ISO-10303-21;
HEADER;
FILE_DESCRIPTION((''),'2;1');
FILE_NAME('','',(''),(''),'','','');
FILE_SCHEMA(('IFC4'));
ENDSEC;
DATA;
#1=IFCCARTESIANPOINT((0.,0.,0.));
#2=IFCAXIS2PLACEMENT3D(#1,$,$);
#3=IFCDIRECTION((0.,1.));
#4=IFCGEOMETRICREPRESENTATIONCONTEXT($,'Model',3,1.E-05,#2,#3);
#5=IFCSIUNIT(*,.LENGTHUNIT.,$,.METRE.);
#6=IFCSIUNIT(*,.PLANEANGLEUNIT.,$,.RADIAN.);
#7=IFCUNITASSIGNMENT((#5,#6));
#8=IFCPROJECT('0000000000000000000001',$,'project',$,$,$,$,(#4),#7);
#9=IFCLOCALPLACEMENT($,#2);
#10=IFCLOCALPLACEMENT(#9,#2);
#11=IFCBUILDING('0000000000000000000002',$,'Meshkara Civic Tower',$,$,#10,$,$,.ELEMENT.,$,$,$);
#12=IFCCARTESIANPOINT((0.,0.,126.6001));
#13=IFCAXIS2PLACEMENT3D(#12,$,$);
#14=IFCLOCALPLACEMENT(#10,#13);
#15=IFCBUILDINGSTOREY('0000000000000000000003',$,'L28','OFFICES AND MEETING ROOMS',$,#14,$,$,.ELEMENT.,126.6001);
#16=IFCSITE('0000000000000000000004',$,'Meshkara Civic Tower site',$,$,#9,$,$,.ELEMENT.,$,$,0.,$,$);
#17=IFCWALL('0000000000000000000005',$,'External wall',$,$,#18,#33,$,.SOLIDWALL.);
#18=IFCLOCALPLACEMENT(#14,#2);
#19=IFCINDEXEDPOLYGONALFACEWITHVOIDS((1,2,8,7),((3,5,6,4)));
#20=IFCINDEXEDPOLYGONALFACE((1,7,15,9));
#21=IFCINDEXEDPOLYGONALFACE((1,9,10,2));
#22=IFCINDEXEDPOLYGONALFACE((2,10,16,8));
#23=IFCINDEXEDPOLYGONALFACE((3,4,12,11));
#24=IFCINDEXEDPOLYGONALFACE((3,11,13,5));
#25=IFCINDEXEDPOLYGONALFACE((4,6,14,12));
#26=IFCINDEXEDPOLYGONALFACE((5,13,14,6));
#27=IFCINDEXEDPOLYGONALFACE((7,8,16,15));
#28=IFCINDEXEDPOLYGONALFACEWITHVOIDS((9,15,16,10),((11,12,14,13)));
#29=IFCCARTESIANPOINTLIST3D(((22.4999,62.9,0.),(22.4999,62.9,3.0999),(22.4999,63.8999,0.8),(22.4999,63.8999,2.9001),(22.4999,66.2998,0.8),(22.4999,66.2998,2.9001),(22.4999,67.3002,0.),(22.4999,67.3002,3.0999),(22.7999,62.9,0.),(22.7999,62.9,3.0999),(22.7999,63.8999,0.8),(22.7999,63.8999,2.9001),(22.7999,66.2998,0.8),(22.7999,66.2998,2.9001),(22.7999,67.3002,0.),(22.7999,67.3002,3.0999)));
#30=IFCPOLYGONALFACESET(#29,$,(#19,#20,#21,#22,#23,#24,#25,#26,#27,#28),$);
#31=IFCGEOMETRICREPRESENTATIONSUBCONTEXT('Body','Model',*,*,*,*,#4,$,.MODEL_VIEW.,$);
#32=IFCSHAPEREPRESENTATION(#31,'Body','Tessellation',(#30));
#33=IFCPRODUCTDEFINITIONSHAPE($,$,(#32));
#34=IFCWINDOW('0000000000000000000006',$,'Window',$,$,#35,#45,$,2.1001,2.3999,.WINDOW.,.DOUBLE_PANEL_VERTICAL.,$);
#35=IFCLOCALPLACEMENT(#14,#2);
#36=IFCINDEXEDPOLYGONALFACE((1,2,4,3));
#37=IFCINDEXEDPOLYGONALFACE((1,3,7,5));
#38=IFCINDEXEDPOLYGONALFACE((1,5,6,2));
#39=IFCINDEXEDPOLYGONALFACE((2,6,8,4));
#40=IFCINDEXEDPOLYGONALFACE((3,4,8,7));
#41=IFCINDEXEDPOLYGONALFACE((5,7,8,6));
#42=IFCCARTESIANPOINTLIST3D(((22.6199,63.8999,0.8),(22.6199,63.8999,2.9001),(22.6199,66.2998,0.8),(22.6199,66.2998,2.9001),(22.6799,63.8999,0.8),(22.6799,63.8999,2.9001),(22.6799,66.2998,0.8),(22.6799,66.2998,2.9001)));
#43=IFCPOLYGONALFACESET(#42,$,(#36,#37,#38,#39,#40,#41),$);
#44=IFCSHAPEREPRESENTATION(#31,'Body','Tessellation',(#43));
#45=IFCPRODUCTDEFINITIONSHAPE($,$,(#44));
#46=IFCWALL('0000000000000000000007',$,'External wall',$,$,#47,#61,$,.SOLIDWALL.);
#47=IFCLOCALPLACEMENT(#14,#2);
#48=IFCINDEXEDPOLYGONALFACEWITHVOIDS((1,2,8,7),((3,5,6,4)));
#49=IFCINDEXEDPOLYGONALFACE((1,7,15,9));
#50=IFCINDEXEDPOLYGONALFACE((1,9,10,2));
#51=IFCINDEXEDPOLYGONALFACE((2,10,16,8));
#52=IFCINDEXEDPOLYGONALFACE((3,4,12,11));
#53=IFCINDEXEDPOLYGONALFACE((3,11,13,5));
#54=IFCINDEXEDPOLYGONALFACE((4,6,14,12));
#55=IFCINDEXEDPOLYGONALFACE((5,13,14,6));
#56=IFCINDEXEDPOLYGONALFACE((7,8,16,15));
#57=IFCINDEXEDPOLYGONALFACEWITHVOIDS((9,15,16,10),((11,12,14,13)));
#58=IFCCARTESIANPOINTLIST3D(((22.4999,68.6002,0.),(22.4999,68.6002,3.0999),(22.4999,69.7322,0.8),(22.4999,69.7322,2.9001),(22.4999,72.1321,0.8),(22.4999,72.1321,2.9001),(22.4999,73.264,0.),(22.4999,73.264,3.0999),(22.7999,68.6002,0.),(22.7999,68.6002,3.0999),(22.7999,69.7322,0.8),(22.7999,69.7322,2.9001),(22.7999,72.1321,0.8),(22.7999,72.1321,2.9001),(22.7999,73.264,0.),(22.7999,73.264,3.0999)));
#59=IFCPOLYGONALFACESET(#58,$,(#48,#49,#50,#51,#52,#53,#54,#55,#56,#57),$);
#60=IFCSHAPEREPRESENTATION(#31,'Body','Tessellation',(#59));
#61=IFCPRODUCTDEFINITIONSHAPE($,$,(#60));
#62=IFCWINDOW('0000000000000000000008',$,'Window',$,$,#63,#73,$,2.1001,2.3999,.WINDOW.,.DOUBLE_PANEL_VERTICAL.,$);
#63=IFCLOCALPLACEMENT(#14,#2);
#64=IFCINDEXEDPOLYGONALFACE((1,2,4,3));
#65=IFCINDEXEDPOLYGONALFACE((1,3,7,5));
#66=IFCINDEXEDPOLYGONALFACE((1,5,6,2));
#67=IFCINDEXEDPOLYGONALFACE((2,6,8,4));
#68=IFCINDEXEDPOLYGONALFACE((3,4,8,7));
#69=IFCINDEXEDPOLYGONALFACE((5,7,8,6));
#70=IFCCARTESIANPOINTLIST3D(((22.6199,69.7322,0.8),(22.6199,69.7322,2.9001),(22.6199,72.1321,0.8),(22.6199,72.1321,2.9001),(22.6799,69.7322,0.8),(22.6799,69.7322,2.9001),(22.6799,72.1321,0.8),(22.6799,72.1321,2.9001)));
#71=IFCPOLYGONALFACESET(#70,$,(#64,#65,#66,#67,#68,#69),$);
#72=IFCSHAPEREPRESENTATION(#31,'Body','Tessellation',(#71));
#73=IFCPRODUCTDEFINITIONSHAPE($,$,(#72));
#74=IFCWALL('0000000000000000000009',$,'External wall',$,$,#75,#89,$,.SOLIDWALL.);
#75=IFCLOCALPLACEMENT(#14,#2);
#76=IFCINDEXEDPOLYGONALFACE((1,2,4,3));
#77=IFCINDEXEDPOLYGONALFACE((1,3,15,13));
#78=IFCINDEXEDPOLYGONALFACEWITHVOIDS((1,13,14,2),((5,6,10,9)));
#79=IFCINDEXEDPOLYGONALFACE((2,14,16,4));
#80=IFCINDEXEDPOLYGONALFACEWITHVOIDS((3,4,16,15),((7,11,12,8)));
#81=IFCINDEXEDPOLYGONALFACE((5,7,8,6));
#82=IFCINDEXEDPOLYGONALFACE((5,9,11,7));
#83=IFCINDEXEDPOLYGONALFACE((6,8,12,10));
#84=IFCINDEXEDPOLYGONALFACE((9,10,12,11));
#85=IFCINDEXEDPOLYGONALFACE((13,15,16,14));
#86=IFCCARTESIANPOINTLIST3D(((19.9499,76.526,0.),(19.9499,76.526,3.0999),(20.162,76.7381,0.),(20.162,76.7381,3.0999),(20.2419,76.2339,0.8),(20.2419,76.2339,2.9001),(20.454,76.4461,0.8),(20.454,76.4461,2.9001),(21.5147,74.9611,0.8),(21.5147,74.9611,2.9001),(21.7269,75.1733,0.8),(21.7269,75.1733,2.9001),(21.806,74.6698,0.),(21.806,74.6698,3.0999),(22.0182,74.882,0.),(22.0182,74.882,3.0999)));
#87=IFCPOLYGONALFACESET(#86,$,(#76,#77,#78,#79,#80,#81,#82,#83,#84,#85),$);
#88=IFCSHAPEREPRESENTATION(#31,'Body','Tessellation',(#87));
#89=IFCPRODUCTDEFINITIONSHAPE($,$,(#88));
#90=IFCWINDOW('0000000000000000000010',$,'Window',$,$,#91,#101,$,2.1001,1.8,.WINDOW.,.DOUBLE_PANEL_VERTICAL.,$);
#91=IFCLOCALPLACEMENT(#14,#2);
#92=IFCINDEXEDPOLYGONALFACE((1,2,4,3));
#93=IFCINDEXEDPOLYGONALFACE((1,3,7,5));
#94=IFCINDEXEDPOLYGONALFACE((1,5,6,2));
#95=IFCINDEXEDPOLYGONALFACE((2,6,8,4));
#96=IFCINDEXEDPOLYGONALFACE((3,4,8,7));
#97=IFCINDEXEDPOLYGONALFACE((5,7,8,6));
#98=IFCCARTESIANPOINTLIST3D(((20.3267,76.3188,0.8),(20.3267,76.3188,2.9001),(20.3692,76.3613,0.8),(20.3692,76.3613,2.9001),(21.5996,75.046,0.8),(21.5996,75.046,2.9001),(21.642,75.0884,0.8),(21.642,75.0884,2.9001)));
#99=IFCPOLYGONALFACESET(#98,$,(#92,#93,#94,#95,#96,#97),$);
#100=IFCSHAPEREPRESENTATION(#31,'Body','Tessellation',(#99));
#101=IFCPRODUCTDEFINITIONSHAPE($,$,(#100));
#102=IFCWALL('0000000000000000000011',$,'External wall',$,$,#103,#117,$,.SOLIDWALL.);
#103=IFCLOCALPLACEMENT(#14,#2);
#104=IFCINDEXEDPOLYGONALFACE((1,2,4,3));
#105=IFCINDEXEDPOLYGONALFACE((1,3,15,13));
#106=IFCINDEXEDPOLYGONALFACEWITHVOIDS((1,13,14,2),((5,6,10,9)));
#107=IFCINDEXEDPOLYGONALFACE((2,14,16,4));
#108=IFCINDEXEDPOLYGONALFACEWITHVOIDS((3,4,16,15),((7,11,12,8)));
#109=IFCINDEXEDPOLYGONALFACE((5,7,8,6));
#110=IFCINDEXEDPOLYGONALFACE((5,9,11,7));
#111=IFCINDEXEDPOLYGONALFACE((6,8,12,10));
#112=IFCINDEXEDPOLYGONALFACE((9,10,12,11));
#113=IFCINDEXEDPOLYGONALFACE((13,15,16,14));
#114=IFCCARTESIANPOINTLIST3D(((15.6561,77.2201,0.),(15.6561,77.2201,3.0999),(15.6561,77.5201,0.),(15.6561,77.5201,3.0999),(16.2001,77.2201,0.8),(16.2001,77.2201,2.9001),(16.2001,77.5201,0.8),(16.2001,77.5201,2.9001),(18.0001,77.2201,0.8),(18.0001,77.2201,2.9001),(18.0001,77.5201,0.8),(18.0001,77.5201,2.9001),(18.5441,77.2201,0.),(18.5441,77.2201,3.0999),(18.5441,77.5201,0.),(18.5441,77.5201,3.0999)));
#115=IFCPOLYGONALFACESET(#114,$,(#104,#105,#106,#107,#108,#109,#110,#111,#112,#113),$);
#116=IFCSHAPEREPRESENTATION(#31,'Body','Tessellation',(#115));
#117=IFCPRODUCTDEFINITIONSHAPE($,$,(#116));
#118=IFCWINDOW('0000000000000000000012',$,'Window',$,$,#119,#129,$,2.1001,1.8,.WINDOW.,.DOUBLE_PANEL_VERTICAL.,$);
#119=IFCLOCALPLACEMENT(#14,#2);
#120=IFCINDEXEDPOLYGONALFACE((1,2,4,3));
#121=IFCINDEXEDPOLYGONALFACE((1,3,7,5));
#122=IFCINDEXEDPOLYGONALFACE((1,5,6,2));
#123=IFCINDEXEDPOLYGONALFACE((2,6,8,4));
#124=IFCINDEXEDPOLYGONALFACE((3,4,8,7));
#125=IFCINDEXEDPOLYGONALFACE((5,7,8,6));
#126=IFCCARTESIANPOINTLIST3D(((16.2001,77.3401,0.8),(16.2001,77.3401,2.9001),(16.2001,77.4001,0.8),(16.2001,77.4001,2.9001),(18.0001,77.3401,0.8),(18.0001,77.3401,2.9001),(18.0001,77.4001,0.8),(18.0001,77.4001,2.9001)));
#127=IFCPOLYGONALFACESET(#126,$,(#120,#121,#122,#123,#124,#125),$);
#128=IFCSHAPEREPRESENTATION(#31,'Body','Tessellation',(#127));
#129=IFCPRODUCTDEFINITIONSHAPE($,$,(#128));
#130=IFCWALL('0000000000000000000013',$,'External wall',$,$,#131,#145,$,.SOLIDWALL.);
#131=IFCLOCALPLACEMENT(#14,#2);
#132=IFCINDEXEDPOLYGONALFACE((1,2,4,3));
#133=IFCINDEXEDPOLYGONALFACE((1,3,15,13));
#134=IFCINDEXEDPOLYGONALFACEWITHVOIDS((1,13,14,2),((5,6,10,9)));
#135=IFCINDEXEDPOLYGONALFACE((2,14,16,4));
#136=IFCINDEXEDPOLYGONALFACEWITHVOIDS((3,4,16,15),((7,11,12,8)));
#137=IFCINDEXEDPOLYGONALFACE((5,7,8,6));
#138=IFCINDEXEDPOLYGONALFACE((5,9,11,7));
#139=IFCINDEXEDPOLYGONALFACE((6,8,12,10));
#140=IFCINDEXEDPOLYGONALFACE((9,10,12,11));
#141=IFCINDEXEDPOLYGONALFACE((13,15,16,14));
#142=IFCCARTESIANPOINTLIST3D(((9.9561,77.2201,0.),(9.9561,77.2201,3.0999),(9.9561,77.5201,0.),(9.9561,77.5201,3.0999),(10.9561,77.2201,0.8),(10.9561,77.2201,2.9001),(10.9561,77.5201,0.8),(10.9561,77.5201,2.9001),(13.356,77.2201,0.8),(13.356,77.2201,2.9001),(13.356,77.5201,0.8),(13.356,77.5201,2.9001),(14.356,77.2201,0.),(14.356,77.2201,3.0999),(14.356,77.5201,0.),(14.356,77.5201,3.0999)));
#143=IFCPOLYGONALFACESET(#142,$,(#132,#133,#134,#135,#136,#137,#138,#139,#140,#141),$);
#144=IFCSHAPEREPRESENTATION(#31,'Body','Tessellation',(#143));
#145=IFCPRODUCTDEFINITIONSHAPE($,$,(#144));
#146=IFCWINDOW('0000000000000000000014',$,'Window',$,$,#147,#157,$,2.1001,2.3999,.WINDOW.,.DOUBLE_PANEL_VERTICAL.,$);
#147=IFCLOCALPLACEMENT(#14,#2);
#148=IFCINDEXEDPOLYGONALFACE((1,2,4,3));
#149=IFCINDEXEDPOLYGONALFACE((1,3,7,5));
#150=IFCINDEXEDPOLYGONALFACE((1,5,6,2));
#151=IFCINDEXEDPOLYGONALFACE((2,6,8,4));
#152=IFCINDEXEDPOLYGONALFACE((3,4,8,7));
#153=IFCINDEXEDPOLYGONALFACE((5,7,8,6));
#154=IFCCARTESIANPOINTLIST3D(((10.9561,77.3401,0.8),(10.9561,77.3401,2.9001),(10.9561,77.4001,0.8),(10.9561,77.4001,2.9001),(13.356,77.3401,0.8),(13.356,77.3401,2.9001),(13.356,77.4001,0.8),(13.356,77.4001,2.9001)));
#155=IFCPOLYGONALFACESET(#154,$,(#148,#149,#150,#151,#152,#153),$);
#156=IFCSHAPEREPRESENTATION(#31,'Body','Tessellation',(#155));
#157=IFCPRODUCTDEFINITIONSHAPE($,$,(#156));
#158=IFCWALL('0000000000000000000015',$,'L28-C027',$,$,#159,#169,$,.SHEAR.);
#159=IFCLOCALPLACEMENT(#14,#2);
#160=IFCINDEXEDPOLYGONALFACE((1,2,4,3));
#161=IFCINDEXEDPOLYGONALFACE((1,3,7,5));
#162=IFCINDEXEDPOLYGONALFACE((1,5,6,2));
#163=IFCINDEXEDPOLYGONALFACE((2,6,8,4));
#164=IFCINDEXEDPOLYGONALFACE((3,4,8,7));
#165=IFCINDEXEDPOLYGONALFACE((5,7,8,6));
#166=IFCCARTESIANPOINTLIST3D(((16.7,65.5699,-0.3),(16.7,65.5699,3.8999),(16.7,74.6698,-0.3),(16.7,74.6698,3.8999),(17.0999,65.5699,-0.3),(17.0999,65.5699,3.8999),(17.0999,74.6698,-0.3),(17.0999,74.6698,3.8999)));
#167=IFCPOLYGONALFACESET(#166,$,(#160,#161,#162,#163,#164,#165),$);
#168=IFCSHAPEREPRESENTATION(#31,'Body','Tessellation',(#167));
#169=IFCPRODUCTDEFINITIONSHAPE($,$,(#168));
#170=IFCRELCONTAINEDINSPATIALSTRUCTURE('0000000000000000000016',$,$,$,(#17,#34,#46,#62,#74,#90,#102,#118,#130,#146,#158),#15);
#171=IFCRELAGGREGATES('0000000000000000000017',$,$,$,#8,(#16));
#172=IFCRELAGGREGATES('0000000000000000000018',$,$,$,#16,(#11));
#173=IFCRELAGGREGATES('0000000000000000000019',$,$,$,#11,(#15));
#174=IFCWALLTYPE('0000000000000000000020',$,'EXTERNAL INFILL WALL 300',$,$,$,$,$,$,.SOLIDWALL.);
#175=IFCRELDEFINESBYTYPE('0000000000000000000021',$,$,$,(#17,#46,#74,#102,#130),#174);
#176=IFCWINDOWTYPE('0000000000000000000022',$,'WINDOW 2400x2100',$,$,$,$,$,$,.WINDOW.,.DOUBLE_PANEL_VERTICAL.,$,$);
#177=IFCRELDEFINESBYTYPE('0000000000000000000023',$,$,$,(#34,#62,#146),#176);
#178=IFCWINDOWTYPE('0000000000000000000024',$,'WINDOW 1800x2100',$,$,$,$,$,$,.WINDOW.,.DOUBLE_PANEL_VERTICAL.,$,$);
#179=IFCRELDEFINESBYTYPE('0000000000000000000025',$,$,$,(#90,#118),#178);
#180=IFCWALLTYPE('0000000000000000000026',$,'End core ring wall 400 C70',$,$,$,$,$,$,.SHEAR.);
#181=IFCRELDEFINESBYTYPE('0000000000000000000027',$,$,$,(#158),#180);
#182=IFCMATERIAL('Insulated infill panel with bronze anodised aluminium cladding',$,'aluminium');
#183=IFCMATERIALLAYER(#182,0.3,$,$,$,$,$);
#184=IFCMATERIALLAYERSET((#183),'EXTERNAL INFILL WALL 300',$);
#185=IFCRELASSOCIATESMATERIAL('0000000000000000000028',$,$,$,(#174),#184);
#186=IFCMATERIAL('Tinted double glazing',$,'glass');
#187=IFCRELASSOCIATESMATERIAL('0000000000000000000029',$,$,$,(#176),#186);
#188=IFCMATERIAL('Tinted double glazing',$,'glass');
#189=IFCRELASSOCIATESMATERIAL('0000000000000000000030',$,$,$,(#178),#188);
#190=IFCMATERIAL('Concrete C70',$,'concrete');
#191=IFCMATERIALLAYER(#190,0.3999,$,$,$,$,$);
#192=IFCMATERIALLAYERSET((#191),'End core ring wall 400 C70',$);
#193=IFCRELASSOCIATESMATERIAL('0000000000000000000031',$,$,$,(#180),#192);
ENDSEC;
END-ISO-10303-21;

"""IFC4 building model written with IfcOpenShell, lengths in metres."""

from ifc_helpers import new_model, si_unit, direction, frame, frame_2d, origin, place, context, subcontext, project, spatial, rectangle, extrude, material, layer, layer_set, type_object, element, fill, save


model = new_model("IFC4")

# Units and contexts
model_context = context("Model", 3, precision=1e-05, world=origin(), true_north=direction((0.0, 1.0)))
body_context = subcontext(model_context, "Body", "Model", "MODEL_VIEW")
ifc_project = project(units=[si_unit("LENGTHUNIT", "METRE"), si_unit("PLANEANGLEUNIT", "RADIAN")], contexts=[model_context])

# Site, building, storey
site_placement = place(None, origin())
site = spatial("IfcSite", under=ifc_project, at=site_placement, Name="Meshkara Civic Tower site", CompositionType="ELEMENT", RefElevation=0.0)
building_placement = place(site_placement, origin())
building = spatial("IfcBuilding", under=site, at=building_placement, Name="Meshkara Civic Tower", CompositionType="ELEMENT")
storey_placement = place(building_placement, frame((0.0, 0.0, 126.6001)))
storey = spatial("IfcBuildingStorey", under=building, at=storey_placement, Name="L28", Description="OFFICES AND MEETING ROOMS", CompositionType="ELEMENT", Elevation=126.6001)

# Walls, openings, windows
ifc_material_1 = material(Name="Insulated infill panel with bronze anodised aluminium cladding", Category="aluminium")
ifc_layer_1 = layer(ifc_material_1, 0.3)
ifc_layer_set_1 = layer_set([ifc_layer_1], Name="EXTERNAL INFILL WALL 300")
wall_type_1 = type_object("IfcWallType", Name="EXTERNAL INFILL WALL 300", PredefinedType="SOLIDWALL", material=ifc_layer_set_1)
wall_1_placement = place(storey_placement, frame((22.6499, 62.8999, 0.0), z_axis=(0.0, 0.0, 1.0), x_axis=(0.0, 1.0, 0.0)))
wall_1 = element("IfcWall", 1, at=wall_1_placement, inside=storey, type_object=wall_type_1, Name="External wall", PredefinedType="SOLIDWALL", context=body_context, shape_type="SweptSolid", body=[
    extrude(rectangle(XDim=4.4001, YDim=0.3, at=frame_2d((2.2002, 0.0))), origin(), (0.0, 0.0, 1.0), 3.0999),
])
opening_1_placement = place(wall_1_placement, frame((1.0, 0.0, 0.8)))
opening_1 = element("IfcOpeningElement", 2, at=opening_1_placement, cuts=wall_1, PredefinedType="OPENING", context=body_context, shape_type="SweptSolid", body=[
    extrude(rectangle(XDim=2.3999, YDim=2.1001, at=frame_2d((1.2, 1.05))), frame((0.0, 0.1599, 0.0), z_axis=(0.0, -1.0, 0.0), x_axis=(1.0, 0.0, 0.0)), (0.0, 0.0, 1.0), 0.3201),
])
ifc_material_2 = material(Name="Tinted double glazing", Category="glass")
window_type_1 = type_object("IfcWindowType", Name="WINDOW 2400x2100", PartitioningType="DOUBLE_PANEL_VERTICAL", PredefinedType="WINDOW", material=ifc_material_2)
window_1_placement = place(opening_1_placement, origin())
window_1 = element("IfcWindow", 3, at=window_1_placement, inside=storey, type_object=window_type_1, Name="Window", OverallHeight=2.1001, OverallWidth=2.3999, PartitioningType="DOUBLE_PANEL_VERTICAL", PredefinedType="WINDOW", context=body_context, shape_type="SweptSolid", body=[
    extrude(rectangle(XDim=2.3999, YDim=2.1001, at=frame_2d((1.2, 1.05))), frame((0.0, 0.03, 0.0), z_axis=(0.0, -1.0, 0.0), x_axis=(1.0, 0.0, 0.0)), (0.0, 0.0, 1.0), 0.0601),
])
fill(opening_1, window_1)
wall_2_placement = place(storey_placement, frame((22.6499, 68.6001, 0.0), z_axis=(0.0, 0.0, 1.0), x_axis=(0.0, 1.0, 0.0)))
wall_2 = element("IfcWall", 4, at=wall_2_placement, inside=storey, type_object=wall_type_1, Name="External wall", PredefinedType="SOLIDWALL", context=body_context, shape_type="SweptSolid", body=[
    extrude(rectangle(XDim=4.6638, YDim=0.3, at=frame_2d((2.332, 0.0))), origin(), (0.0, 0.0, 1.0), 3.0999),
])
opening_2_placement = place(wall_2_placement, frame((1.1321, 0.0, 0.8)))
opening_2 = element("IfcOpeningElement", 5, at=opening_2_placement, cuts=wall_2, PredefinedType="OPENING", context=body_context, shape_type="SweptSolid", body=[
    extrude(rectangle(XDim=2.3999, YDim=2.1001, at=frame_2d((1.2, 1.05))), frame((0.0, 0.1599, 0.0), z_axis=(0.0, -1.0, 0.0), x_axis=(1.0, 0.0, 0.0)), (0.0, 0.0, 1.0), 0.3201),
])
window_2_placement = place(opening_2_placement, origin())
window_2 = element("IfcWindow", 6, at=window_2_placement, inside=storey, type_object=window_type_1, Name="Window", OverallHeight=2.1001, OverallWidth=2.3999, PartitioningType="DOUBLE_PANEL_VERTICAL", PredefinedType="WINDOW", context=body_context, shape_type="SweptSolid", body=[
    extrude(rectangle(XDim=2.3999, YDim=2.1001, at=frame_2d((1.2, 1.05))), frame((0.0, 0.03, 0.0), z_axis=(0.0, -1.0, 0.0), x_axis=(1.0, 0.0, 0.0)), (0.0, 0.0, 1.0), 0.0601),
])
fill(opening_2, window_2)
wall_3_placement = place(storey_placement, frame((21.9121, 74.7759, 0.0), z_axis=(0.0, 0.0, 1.0), x_axis=(-0.707107, 0.707107, 0.0)))
wall_3 = element("IfcWall", 7, at=wall_3_placement, inside=storey, type_object=wall_type_1, Name="External wall", PredefinedType="SOLIDWALL", context=body_context, shape_type="SweptSolid", body=[
    extrude(rectangle(XDim=2.625, YDim=0.3, at=frame_2d((1.3125, 0.0))), origin(), (0.0, 0.0, 1.0), 3.0999),
])
opening_3_placement = place(wall_3_placement, frame((0.4121, 0.0, 0.8)))
opening_3 = element("IfcOpeningElement", 8, at=opening_3_placement, cuts=wall_3, PredefinedType="OPENING", context=body_context, shape_type="SweptSolid", body=[
    extrude(rectangle(XDim=1.8, YDim=2.1001, at=frame_2d((0.8999, 1.05))), frame((0.0, 0.1599, 0.0), z_axis=(0.0, -1.0, 0.0), x_axis=(1.0, 0.0, 0.0)), (0.0, 0.0, 1.0), 0.3201),
])
ifc_material_3 = material(Name="Tinted double glazing", Category="glass")
window_type_2 = type_object("IfcWindowType", Name="WINDOW 1800x2100", PartitioningType="DOUBLE_PANEL_VERTICAL", PredefinedType="WINDOW", material=ifc_material_3)
window_3_placement = place(opening_3_placement, origin())
window_3 = element("IfcWindow", 9, at=window_3_placement, inside=storey, type_object=window_type_2, Name="Window", OverallHeight=2.1001, OverallWidth=1.8, PartitioningType="DOUBLE_PANEL_VERTICAL", PredefinedType="WINDOW", context=body_context, shape_type="SweptSolid", body=[
    extrude(rectangle(XDim=1.8, YDim=2.1001, at=frame_2d((0.8999, 1.05))), frame((0.0, 0.03, 0.0), z_axis=(0.0, -1.0, 0.0), x_axis=(1.0, 0.0, 0.0)), (0.0, 0.0, 1.0), 0.0601),
])
fill(opening_3, window_3)
wall_4_placement = place(storey_placement, frame((18.5439, 77.3701, 0.0), z_axis=(0.0, 0.0, 1.0), x_axis=(-1.0, 0.0, 0.0)))
wall_4 = element("IfcWall", 10, at=wall_4_placement, inside=storey, type_object=wall_type_1, Name="External wall", PredefinedType="SOLIDWALL", context=body_context, shape_type="SweptSolid", body=[
    extrude(rectangle(XDim=2.8879, YDim=0.3, at=frame_2d((1.4438, 0.0))), origin(), (0.0, 0.0, 1.0), 3.0999),
])
opening_4_placement = place(wall_4_placement, frame((0.5439, 0.0, 0.8)))
opening_4 = element("IfcOpeningElement", 11, at=opening_4_placement, cuts=wall_4, PredefinedType="OPENING", context=body_context, shape_type="SweptSolid", body=[
    extrude(rectangle(XDim=1.8, YDim=2.1001, at=frame_2d((0.8999, 1.05))), frame((0.0, 0.1599, 0.0), z_axis=(0.0, -1.0, 0.0), x_axis=(1.0, 0.0, 0.0)), (0.0, 0.0, 1.0), 0.3201),
])
window_4_placement = place(opening_4_placement, origin())
window_4 = element("IfcWindow", 12, at=window_4_placement, inside=storey, type_object=window_type_2, Name="Window", OverallHeight=2.1001, OverallWidth=1.8, PartitioningType="DOUBLE_PANEL_VERTICAL", PredefinedType="WINDOW", context=body_context, shape_type="SweptSolid", body=[
    extrude(rectangle(XDim=1.8, YDim=2.1001, at=frame_2d((0.8999, 1.05))), frame((0.0, 0.03, 0.0), z_axis=(0.0, -1.0, 0.0), x_axis=(1.0, 0.0, 0.0)), (0.0, 0.0, 1.0), 0.0601),
])
fill(opening_4, window_4)
wall_5_placement = place(storey_placement, frame((14.356, 77.3701, 0.0), z_axis=(0.0, 0.0, 1.0), x_axis=(-1.0, 0.0, 0.0)))
wall_5 = element("IfcWall", 13, at=wall_5_placement, inside=storey, type_object=wall_type_1, Name="External wall", PredefinedType="SOLIDWALL", context=body_context, shape_type="SweptSolid", body=[
    extrude(rectangle(XDim=4.3999, YDim=0.3, at=frame_2d((2.2, 0.0))), origin(), (0.0, 0.0, 1.0), 3.0999),
])
opening_5_placement = place(wall_5_placement, frame((1.0, 0.0, 0.8)))
opening_5 = element("IfcOpeningElement", 14, at=opening_5_placement, cuts=wall_5, PredefinedType="OPENING", context=body_context, shape_type="SweptSolid", body=[
    extrude(rectangle(XDim=2.3999, YDim=2.1001, at=frame_2d((1.2, 1.05))), frame((0.0, 0.1599, 0.0), z_axis=(0.0, -1.0, 0.0), x_axis=(1.0, 0.0, 0.0)), (0.0, 0.0, 1.0), 0.3201),
])
window_5_placement = place(opening_5_placement, origin())
window_5 = element("IfcWindow", 15, at=window_5_placement, inside=storey, type_object=window_type_1, Name="Window", OverallHeight=2.1001, OverallWidth=2.3999, PartitioningType="DOUBLE_PANEL_VERTICAL", PredefinedType="WINDOW", context=body_context, shape_type="SweptSolid", body=[
    extrude(rectangle(XDim=2.3999, YDim=2.1001, at=frame_2d((1.2, 1.05))), frame((0.0, 0.03, 0.0), z_axis=(0.0, -1.0, 0.0), x_axis=(1.0, 0.0, 0.0)), (0.0, 0.0, 1.0), 0.0601),
])
fill(opening_5, window_5)

# Wall
ifc_material_4 = material(Name="Concrete C70", Category="concrete")
ifc_layer_2 = layer(ifc_material_4, 0.3999)
ifc_layer_set_2 = layer_set([ifc_layer_2], Name="End core ring wall 400 C70")
wall_type_2 = type_object("IfcWallType", Name="End core ring wall 400 C70", PredefinedType="SHEAR", material=ifc_layer_set_2)
wall_6_placement = place(storey_placement, frame((16.8999, 65.5701, -0.3), z_axis=(0.0, 0.0, 1.0), x_axis=(0.0, 1.0, 0.0)))
element("IfcWall", 16, at=wall_6_placement, inside=storey, type_object=wall_type_2, Name="L28-C027", PredefinedType="SHEAR", context=body_context, shape_type="SweptSolid", body=[
    extrude(rectangle(XDim=9.0999, YDim=0.3999, at=frame_2d((4.5498, 0.0))), origin(), (0.0, 0.0, 1.0), 4.2),
])

save(model, "model.ifc")
